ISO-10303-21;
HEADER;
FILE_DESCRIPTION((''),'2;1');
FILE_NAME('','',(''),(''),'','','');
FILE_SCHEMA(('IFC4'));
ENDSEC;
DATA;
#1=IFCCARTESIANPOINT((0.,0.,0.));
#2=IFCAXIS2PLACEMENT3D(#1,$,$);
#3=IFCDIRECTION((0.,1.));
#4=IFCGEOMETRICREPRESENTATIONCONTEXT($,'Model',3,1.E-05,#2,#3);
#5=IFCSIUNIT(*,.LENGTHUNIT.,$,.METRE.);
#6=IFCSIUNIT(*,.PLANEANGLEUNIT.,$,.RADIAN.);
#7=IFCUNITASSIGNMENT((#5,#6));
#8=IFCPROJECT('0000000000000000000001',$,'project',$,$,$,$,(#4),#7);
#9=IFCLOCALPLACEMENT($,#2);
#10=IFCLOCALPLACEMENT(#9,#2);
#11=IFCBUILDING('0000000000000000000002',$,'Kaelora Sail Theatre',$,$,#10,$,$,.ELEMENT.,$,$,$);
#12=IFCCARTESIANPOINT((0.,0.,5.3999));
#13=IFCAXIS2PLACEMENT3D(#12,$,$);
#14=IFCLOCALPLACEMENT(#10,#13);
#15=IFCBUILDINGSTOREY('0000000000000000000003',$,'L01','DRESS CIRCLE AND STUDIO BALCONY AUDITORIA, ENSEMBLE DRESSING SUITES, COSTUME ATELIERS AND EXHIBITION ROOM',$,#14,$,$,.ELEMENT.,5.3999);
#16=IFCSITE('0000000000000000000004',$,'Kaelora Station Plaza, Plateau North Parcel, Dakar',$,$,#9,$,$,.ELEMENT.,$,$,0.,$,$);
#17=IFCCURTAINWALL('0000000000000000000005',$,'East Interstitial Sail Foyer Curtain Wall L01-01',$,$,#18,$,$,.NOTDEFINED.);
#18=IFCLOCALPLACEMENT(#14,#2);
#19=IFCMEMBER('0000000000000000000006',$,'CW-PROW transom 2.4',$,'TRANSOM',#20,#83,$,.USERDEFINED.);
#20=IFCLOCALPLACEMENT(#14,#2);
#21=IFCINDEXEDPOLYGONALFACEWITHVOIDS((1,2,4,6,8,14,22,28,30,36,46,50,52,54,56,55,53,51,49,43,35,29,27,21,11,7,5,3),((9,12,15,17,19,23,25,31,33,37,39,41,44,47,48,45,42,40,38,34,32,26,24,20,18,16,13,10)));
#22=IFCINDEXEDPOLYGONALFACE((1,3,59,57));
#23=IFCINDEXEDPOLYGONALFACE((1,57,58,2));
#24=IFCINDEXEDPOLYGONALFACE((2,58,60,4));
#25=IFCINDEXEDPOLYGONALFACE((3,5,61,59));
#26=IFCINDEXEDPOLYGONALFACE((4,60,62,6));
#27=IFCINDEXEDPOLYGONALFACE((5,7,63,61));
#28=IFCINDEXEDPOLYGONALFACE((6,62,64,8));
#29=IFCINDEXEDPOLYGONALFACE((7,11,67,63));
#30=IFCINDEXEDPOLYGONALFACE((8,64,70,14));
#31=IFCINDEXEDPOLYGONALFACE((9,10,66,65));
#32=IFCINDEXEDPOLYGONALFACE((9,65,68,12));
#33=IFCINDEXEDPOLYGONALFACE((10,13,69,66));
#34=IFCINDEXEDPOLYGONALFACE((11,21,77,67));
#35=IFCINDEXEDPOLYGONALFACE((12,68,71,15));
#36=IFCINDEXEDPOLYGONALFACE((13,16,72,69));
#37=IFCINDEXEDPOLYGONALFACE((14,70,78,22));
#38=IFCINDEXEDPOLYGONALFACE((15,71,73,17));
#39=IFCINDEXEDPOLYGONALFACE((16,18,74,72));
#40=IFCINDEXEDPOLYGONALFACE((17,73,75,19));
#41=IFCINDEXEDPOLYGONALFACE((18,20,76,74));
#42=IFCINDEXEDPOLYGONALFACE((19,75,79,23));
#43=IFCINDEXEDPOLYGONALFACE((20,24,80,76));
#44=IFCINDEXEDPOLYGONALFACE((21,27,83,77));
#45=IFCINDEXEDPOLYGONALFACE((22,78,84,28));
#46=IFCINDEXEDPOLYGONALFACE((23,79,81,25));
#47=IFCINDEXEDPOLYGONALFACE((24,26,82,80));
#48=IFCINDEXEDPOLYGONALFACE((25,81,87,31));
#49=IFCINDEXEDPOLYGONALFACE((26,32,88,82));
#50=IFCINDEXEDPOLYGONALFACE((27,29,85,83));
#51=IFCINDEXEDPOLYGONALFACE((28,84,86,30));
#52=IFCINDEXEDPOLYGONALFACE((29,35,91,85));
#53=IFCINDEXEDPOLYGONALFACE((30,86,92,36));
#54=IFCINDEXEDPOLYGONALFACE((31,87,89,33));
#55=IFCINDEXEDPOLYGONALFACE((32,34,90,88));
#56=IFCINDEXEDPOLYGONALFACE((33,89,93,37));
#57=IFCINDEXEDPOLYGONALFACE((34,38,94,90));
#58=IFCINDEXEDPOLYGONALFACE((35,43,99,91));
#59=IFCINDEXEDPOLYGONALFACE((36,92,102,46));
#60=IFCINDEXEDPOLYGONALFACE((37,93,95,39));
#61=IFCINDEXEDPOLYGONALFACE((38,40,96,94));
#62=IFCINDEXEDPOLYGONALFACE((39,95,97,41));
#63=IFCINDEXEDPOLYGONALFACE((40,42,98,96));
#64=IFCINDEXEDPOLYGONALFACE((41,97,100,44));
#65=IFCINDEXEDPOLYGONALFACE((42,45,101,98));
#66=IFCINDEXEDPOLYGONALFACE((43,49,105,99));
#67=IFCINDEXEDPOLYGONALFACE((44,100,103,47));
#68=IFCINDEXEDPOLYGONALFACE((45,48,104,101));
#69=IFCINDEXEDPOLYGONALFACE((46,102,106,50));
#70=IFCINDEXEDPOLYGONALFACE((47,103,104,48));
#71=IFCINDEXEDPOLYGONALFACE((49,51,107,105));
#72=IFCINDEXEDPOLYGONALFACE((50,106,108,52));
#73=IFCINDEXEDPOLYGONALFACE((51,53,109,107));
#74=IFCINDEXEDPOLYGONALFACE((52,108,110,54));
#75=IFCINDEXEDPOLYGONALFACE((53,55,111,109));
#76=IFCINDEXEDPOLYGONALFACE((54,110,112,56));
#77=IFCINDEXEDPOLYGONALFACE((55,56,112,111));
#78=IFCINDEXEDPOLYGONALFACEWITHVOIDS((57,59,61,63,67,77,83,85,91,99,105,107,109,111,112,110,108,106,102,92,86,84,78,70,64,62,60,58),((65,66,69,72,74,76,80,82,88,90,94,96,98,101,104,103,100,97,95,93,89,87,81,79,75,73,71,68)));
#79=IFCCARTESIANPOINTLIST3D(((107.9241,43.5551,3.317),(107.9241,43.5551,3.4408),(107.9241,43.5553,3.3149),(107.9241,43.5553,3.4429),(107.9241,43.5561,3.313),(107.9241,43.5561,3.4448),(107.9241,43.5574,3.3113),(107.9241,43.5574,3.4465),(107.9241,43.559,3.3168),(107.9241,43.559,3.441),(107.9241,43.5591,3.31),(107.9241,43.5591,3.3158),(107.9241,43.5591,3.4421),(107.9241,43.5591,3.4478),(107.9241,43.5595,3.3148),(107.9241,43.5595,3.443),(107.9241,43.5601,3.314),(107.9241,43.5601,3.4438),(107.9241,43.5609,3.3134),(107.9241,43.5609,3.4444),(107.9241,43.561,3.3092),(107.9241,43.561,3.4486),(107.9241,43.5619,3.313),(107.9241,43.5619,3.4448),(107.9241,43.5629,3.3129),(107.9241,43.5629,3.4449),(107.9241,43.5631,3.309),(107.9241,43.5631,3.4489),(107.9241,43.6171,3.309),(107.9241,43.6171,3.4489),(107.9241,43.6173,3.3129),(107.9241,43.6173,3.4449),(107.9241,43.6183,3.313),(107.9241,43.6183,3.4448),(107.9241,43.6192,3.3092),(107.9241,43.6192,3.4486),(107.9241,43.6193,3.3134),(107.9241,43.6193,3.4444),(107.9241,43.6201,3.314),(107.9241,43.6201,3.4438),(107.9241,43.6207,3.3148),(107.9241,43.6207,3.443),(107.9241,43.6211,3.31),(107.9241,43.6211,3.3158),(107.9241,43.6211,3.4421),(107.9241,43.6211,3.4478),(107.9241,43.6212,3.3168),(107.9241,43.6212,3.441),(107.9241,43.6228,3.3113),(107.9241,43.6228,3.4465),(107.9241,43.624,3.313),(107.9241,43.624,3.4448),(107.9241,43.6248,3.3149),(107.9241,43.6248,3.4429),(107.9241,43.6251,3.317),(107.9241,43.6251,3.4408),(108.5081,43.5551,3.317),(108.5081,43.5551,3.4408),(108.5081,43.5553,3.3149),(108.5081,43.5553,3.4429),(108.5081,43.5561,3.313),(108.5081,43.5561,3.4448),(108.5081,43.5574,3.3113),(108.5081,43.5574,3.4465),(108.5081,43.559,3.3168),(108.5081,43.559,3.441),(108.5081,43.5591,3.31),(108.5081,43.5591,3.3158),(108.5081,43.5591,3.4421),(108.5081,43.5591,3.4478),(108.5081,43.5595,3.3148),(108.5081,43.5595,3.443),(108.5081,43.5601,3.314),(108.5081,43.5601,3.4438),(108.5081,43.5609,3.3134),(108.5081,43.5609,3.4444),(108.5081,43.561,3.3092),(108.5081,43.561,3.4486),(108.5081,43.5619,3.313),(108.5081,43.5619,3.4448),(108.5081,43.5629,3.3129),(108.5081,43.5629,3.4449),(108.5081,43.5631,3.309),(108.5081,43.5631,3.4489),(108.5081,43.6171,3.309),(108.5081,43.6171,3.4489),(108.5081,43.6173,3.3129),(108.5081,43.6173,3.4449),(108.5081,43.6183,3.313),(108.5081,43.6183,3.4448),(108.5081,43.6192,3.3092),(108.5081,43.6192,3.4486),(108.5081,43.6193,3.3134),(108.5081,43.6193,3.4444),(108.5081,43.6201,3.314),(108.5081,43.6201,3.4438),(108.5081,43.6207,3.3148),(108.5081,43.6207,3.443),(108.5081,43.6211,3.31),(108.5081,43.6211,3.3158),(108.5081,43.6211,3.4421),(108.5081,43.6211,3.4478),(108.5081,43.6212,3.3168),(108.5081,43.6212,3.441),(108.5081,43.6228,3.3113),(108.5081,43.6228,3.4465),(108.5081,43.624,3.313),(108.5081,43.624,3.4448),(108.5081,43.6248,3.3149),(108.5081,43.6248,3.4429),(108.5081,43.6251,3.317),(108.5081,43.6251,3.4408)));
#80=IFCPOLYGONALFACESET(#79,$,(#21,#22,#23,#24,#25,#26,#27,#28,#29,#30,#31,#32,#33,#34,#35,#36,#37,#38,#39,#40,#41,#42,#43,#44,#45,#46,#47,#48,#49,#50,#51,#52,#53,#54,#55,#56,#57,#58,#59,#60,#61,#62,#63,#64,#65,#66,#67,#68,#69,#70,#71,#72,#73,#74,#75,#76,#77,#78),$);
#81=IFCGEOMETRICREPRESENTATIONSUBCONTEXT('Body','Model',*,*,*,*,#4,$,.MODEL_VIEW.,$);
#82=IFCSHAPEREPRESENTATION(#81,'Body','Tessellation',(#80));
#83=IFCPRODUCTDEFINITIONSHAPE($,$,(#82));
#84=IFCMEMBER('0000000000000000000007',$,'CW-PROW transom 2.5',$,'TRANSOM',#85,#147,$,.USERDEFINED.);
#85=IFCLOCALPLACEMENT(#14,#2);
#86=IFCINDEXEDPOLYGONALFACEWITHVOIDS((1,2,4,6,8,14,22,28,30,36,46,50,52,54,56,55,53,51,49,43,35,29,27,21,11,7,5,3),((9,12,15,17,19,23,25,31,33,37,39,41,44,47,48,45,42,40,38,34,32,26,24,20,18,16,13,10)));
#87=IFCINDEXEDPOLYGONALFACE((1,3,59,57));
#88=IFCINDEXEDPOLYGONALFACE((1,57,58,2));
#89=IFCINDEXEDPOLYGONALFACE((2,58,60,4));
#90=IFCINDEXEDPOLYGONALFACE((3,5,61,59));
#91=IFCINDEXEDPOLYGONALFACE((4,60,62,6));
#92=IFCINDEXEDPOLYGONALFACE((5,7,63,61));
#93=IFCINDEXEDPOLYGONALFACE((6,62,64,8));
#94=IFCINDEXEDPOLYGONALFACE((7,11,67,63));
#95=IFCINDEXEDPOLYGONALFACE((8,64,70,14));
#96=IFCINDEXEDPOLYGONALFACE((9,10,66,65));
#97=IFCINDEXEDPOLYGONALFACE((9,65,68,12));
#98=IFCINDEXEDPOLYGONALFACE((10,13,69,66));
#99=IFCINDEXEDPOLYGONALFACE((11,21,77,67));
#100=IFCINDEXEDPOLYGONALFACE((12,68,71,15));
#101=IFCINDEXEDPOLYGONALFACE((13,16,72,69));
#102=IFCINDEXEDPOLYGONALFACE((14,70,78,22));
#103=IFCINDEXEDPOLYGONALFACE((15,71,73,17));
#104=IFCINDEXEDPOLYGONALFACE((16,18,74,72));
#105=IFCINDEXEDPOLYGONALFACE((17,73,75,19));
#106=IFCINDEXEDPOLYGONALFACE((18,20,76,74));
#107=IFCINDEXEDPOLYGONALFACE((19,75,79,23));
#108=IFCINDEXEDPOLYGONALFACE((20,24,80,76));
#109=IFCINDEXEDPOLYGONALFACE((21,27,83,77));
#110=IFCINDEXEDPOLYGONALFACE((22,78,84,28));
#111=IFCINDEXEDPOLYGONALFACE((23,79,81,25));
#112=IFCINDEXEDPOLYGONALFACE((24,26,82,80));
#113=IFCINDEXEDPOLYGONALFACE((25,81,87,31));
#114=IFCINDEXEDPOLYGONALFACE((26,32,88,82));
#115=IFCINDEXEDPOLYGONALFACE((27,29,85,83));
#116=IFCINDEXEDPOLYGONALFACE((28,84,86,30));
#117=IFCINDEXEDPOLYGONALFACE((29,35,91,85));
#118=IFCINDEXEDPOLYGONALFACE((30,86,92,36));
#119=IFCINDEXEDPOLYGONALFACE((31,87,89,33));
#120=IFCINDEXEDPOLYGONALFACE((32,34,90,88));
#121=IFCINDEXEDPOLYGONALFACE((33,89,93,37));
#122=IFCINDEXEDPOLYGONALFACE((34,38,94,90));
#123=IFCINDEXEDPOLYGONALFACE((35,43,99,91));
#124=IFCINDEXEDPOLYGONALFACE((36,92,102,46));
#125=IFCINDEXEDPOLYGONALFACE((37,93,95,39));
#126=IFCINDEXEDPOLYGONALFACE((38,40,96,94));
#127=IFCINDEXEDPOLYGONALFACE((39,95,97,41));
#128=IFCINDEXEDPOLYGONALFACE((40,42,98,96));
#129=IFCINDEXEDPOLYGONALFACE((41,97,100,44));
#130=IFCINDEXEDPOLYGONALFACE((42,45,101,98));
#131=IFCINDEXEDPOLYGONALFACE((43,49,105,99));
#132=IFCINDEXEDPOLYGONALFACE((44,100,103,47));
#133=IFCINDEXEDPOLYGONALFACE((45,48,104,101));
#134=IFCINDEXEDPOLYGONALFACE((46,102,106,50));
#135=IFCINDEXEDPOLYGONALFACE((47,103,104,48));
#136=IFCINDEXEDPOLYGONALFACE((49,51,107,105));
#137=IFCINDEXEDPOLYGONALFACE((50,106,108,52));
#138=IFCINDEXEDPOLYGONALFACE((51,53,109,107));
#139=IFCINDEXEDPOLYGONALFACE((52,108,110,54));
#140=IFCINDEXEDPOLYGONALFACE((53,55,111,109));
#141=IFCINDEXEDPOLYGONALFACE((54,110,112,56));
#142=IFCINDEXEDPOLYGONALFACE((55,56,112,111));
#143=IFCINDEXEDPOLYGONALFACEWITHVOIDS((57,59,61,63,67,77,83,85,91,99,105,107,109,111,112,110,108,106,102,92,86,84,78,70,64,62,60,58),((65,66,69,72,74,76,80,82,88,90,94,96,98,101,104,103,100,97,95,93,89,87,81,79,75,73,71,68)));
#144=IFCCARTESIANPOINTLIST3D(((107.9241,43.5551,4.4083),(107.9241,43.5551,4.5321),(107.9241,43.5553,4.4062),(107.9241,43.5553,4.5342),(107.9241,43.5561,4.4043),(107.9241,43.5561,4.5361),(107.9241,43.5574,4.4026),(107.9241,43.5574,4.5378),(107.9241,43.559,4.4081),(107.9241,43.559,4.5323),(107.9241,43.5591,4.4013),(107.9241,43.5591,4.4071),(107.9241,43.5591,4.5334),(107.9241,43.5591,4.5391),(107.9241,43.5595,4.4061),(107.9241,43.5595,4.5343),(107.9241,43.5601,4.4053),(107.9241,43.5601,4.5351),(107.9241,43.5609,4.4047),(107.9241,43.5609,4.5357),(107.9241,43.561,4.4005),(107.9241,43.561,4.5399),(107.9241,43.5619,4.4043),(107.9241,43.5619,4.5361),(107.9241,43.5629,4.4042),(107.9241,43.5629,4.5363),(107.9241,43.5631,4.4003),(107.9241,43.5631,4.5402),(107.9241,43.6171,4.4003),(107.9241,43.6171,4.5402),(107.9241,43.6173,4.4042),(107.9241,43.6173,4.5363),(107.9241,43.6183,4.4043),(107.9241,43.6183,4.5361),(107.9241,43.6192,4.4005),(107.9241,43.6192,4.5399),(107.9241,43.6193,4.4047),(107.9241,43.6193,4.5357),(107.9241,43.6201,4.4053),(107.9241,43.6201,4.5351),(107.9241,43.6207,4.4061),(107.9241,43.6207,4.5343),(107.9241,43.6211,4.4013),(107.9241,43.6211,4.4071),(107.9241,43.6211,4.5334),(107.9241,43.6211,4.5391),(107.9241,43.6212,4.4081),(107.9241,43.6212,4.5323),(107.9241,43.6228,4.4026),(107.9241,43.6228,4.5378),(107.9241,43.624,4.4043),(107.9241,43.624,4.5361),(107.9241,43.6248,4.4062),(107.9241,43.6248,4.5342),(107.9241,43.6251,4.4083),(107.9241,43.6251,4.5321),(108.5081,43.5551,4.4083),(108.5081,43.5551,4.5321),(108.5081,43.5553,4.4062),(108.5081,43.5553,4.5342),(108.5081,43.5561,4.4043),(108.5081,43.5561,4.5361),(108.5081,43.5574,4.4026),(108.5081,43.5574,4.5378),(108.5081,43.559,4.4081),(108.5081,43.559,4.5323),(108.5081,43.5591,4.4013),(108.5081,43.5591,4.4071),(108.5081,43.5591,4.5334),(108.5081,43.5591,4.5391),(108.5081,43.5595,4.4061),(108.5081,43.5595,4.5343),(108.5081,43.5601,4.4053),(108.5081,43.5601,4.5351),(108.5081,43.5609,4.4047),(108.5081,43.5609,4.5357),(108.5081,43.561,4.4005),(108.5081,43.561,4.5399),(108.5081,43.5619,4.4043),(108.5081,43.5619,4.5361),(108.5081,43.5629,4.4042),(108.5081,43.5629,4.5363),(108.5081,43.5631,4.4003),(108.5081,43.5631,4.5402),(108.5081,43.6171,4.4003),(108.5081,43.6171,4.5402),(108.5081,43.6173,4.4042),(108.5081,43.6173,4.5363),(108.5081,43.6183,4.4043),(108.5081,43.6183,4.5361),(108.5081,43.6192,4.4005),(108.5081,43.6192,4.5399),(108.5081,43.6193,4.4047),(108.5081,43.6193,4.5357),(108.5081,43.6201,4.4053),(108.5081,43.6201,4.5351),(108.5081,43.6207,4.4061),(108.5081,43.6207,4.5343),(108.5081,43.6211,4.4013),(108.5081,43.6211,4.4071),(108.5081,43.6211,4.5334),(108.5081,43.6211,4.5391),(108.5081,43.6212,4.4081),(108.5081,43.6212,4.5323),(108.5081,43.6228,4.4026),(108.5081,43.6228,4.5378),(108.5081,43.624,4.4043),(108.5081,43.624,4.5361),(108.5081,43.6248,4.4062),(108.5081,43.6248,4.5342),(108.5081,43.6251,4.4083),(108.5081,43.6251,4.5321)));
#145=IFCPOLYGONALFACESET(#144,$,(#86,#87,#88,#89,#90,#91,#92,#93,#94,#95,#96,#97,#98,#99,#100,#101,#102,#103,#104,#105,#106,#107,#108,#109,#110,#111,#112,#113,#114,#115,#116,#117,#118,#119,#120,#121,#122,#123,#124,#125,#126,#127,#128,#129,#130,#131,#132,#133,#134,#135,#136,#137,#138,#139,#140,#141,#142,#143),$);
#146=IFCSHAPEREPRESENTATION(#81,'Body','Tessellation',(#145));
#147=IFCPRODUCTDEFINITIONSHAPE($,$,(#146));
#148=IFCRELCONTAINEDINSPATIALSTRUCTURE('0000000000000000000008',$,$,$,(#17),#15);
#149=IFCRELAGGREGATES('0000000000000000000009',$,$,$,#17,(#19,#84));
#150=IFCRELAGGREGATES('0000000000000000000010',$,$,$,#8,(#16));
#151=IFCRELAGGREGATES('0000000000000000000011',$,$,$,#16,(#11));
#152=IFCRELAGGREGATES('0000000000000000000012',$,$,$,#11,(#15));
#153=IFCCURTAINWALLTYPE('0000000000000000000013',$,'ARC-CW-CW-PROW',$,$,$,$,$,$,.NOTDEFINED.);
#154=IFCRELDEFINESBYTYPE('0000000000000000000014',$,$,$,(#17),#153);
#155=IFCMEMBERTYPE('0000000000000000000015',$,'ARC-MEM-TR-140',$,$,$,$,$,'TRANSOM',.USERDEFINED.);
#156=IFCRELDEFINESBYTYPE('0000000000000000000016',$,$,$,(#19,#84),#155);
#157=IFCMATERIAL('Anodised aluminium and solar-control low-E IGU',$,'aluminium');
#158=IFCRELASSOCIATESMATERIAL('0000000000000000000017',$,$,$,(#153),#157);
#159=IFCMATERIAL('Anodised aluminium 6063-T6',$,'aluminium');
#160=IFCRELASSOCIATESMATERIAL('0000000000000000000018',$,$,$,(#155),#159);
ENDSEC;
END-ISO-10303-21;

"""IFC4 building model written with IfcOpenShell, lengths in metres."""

from ifc_helpers import new_model, si_unit, direction, frame, origin, origin_2d, place, context, subcontext, project, spatial, hollow_rectangle, extrude, material, material_profile, profile_set, type_object, element, aggregate, save


model = new_model("IFC4")

# Units and contexts
model_context = context("Model", 3, precision=1e-05, world=origin(), true_north=direction((0.0, 1.0)))
body_context = subcontext(model_context, "Body", "Model", "MODEL_VIEW")
ifc_project = project(units=[si_unit("LENGTHUNIT", "METRE"), si_unit("PLANEANGLEUNIT", "RADIAN")], contexts=[model_context])

# Site, building, storey
site_placement = place(None, origin())
site = spatial("IfcSite", under=ifc_project, at=site_placement, Name="Kaelora Station Plaza, Plateau North Parcel, Dakar", CompositionType="ELEMENT", RefElevation=0.0)
building_placement = place(site_placement, origin())
building = spatial("IfcBuilding", under=site, at=building_placement, Name="Kaelora Sail Theatre", CompositionType="ELEMENT")
storey_placement = place(building_placement, frame((0.0, 0.0, 5.3999)))
storey = spatial("IfcBuildingStorey", under=building, at=storey_placement, Name="L01", Description="DRESS CIRCLE AND STUDIO BALCONY AUDITORIA, ENSEMBLE DRESSING SUITES, COSTUME ATELIERS AND EXHIBITION ROOM", CompositionType="ELEMENT", Elevation=5.3999)

# Curtain wall, members
ifc_material_1 = material(Name="Anodised aluminium and solar-control low-E IGU", Category="aluminium")
curtain_wall_type = type_object("IfcCurtainWallType", Name="ARC-CW-CW-PROW", PredefinedType="NOTDEFINED", material=ifc_material_1)
curtain_wall_placement = place(storey_placement, origin())
curtain_wall = element("IfcCurtainWall", 1, at=curtain_wall_placement, inside=storey, type_object=curtain_wall_type, Name="East Interstitial Sail Foyer Curtain Wall L01-01", PredefinedType="NOTDEFINED")
ifc_material_2 = material(Name="Anodised aluminium 6063-T6", Category="aluminium")
ifc_material_profile = material_profile(ifc_material_2, hollow_rectangle(XDim=0.0701, YDim=0.1399, WallThickness=0.0039, InnerFilletRadius=0.0039, OuterFilletRadius=0.0081, at=origin_2d()), Name="ALU-TRAN 70x140x4")
ifc_profile_set = profile_set([ifc_material_profile], Name="Anodised aluminium 6063-T6")
member_type = type_object("IfcMemberType", Name="ARC-MEM-TR-140", ElementType="TRANSOM", PredefinedType="USERDEFINED", material=ifc_profile_set)
member_1_placement = place(storey_placement, frame((107.9241, 43.5901, 3.3789), z_axis=(1.0, 0.0, 0.0), x_axis=(0.0, 1.0, 0.0)))
member_1 = element("IfcMember", 2, at=member_1_placement, type_object=member_type, Name="CW-PROW transom 2.4", ObjectType="TRANSOM", PredefinedType="USERDEFINED", context=body_context, shape_type="SweptSolid", body=[
    extrude(hollow_rectangle(XDim=0.0701, YDim=0.1399, WallThickness=0.0039, InnerFilletRadius=0.0039, OuterFilletRadius=0.0081, at=origin_2d()), origin(), (0.0, 0.0, 1.0), 0.584),
])
member_2_placement = place(storey_placement, frame((107.9241, 43.5901, 4.4702), z_axis=(1.0, 0.0, 0.0), x_axis=(0.0, 1.0, 0.0)))
member_2 = element("IfcMember", 3, at=member_2_placement, type_object=member_type, Name="CW-PROW transom 2.5", ObjectType="TRANSOM", PredefinedType="USERDEFINED", context=body_context, shape_type="SweptSolid", body=[
    extrude(hollow_rectangle(XDim=0.0701, YDim=0.1399, WallThickness=0.0039, InnerFilletRadius=0.0039, OuterFilletRadius=0.0081, at=origin_2d()), origin(), (0.0, 0.0, 1.0), 0.584),
])
aggregate(curtain_wall, [member_1, member_2])

save(model, "model.ifc")
